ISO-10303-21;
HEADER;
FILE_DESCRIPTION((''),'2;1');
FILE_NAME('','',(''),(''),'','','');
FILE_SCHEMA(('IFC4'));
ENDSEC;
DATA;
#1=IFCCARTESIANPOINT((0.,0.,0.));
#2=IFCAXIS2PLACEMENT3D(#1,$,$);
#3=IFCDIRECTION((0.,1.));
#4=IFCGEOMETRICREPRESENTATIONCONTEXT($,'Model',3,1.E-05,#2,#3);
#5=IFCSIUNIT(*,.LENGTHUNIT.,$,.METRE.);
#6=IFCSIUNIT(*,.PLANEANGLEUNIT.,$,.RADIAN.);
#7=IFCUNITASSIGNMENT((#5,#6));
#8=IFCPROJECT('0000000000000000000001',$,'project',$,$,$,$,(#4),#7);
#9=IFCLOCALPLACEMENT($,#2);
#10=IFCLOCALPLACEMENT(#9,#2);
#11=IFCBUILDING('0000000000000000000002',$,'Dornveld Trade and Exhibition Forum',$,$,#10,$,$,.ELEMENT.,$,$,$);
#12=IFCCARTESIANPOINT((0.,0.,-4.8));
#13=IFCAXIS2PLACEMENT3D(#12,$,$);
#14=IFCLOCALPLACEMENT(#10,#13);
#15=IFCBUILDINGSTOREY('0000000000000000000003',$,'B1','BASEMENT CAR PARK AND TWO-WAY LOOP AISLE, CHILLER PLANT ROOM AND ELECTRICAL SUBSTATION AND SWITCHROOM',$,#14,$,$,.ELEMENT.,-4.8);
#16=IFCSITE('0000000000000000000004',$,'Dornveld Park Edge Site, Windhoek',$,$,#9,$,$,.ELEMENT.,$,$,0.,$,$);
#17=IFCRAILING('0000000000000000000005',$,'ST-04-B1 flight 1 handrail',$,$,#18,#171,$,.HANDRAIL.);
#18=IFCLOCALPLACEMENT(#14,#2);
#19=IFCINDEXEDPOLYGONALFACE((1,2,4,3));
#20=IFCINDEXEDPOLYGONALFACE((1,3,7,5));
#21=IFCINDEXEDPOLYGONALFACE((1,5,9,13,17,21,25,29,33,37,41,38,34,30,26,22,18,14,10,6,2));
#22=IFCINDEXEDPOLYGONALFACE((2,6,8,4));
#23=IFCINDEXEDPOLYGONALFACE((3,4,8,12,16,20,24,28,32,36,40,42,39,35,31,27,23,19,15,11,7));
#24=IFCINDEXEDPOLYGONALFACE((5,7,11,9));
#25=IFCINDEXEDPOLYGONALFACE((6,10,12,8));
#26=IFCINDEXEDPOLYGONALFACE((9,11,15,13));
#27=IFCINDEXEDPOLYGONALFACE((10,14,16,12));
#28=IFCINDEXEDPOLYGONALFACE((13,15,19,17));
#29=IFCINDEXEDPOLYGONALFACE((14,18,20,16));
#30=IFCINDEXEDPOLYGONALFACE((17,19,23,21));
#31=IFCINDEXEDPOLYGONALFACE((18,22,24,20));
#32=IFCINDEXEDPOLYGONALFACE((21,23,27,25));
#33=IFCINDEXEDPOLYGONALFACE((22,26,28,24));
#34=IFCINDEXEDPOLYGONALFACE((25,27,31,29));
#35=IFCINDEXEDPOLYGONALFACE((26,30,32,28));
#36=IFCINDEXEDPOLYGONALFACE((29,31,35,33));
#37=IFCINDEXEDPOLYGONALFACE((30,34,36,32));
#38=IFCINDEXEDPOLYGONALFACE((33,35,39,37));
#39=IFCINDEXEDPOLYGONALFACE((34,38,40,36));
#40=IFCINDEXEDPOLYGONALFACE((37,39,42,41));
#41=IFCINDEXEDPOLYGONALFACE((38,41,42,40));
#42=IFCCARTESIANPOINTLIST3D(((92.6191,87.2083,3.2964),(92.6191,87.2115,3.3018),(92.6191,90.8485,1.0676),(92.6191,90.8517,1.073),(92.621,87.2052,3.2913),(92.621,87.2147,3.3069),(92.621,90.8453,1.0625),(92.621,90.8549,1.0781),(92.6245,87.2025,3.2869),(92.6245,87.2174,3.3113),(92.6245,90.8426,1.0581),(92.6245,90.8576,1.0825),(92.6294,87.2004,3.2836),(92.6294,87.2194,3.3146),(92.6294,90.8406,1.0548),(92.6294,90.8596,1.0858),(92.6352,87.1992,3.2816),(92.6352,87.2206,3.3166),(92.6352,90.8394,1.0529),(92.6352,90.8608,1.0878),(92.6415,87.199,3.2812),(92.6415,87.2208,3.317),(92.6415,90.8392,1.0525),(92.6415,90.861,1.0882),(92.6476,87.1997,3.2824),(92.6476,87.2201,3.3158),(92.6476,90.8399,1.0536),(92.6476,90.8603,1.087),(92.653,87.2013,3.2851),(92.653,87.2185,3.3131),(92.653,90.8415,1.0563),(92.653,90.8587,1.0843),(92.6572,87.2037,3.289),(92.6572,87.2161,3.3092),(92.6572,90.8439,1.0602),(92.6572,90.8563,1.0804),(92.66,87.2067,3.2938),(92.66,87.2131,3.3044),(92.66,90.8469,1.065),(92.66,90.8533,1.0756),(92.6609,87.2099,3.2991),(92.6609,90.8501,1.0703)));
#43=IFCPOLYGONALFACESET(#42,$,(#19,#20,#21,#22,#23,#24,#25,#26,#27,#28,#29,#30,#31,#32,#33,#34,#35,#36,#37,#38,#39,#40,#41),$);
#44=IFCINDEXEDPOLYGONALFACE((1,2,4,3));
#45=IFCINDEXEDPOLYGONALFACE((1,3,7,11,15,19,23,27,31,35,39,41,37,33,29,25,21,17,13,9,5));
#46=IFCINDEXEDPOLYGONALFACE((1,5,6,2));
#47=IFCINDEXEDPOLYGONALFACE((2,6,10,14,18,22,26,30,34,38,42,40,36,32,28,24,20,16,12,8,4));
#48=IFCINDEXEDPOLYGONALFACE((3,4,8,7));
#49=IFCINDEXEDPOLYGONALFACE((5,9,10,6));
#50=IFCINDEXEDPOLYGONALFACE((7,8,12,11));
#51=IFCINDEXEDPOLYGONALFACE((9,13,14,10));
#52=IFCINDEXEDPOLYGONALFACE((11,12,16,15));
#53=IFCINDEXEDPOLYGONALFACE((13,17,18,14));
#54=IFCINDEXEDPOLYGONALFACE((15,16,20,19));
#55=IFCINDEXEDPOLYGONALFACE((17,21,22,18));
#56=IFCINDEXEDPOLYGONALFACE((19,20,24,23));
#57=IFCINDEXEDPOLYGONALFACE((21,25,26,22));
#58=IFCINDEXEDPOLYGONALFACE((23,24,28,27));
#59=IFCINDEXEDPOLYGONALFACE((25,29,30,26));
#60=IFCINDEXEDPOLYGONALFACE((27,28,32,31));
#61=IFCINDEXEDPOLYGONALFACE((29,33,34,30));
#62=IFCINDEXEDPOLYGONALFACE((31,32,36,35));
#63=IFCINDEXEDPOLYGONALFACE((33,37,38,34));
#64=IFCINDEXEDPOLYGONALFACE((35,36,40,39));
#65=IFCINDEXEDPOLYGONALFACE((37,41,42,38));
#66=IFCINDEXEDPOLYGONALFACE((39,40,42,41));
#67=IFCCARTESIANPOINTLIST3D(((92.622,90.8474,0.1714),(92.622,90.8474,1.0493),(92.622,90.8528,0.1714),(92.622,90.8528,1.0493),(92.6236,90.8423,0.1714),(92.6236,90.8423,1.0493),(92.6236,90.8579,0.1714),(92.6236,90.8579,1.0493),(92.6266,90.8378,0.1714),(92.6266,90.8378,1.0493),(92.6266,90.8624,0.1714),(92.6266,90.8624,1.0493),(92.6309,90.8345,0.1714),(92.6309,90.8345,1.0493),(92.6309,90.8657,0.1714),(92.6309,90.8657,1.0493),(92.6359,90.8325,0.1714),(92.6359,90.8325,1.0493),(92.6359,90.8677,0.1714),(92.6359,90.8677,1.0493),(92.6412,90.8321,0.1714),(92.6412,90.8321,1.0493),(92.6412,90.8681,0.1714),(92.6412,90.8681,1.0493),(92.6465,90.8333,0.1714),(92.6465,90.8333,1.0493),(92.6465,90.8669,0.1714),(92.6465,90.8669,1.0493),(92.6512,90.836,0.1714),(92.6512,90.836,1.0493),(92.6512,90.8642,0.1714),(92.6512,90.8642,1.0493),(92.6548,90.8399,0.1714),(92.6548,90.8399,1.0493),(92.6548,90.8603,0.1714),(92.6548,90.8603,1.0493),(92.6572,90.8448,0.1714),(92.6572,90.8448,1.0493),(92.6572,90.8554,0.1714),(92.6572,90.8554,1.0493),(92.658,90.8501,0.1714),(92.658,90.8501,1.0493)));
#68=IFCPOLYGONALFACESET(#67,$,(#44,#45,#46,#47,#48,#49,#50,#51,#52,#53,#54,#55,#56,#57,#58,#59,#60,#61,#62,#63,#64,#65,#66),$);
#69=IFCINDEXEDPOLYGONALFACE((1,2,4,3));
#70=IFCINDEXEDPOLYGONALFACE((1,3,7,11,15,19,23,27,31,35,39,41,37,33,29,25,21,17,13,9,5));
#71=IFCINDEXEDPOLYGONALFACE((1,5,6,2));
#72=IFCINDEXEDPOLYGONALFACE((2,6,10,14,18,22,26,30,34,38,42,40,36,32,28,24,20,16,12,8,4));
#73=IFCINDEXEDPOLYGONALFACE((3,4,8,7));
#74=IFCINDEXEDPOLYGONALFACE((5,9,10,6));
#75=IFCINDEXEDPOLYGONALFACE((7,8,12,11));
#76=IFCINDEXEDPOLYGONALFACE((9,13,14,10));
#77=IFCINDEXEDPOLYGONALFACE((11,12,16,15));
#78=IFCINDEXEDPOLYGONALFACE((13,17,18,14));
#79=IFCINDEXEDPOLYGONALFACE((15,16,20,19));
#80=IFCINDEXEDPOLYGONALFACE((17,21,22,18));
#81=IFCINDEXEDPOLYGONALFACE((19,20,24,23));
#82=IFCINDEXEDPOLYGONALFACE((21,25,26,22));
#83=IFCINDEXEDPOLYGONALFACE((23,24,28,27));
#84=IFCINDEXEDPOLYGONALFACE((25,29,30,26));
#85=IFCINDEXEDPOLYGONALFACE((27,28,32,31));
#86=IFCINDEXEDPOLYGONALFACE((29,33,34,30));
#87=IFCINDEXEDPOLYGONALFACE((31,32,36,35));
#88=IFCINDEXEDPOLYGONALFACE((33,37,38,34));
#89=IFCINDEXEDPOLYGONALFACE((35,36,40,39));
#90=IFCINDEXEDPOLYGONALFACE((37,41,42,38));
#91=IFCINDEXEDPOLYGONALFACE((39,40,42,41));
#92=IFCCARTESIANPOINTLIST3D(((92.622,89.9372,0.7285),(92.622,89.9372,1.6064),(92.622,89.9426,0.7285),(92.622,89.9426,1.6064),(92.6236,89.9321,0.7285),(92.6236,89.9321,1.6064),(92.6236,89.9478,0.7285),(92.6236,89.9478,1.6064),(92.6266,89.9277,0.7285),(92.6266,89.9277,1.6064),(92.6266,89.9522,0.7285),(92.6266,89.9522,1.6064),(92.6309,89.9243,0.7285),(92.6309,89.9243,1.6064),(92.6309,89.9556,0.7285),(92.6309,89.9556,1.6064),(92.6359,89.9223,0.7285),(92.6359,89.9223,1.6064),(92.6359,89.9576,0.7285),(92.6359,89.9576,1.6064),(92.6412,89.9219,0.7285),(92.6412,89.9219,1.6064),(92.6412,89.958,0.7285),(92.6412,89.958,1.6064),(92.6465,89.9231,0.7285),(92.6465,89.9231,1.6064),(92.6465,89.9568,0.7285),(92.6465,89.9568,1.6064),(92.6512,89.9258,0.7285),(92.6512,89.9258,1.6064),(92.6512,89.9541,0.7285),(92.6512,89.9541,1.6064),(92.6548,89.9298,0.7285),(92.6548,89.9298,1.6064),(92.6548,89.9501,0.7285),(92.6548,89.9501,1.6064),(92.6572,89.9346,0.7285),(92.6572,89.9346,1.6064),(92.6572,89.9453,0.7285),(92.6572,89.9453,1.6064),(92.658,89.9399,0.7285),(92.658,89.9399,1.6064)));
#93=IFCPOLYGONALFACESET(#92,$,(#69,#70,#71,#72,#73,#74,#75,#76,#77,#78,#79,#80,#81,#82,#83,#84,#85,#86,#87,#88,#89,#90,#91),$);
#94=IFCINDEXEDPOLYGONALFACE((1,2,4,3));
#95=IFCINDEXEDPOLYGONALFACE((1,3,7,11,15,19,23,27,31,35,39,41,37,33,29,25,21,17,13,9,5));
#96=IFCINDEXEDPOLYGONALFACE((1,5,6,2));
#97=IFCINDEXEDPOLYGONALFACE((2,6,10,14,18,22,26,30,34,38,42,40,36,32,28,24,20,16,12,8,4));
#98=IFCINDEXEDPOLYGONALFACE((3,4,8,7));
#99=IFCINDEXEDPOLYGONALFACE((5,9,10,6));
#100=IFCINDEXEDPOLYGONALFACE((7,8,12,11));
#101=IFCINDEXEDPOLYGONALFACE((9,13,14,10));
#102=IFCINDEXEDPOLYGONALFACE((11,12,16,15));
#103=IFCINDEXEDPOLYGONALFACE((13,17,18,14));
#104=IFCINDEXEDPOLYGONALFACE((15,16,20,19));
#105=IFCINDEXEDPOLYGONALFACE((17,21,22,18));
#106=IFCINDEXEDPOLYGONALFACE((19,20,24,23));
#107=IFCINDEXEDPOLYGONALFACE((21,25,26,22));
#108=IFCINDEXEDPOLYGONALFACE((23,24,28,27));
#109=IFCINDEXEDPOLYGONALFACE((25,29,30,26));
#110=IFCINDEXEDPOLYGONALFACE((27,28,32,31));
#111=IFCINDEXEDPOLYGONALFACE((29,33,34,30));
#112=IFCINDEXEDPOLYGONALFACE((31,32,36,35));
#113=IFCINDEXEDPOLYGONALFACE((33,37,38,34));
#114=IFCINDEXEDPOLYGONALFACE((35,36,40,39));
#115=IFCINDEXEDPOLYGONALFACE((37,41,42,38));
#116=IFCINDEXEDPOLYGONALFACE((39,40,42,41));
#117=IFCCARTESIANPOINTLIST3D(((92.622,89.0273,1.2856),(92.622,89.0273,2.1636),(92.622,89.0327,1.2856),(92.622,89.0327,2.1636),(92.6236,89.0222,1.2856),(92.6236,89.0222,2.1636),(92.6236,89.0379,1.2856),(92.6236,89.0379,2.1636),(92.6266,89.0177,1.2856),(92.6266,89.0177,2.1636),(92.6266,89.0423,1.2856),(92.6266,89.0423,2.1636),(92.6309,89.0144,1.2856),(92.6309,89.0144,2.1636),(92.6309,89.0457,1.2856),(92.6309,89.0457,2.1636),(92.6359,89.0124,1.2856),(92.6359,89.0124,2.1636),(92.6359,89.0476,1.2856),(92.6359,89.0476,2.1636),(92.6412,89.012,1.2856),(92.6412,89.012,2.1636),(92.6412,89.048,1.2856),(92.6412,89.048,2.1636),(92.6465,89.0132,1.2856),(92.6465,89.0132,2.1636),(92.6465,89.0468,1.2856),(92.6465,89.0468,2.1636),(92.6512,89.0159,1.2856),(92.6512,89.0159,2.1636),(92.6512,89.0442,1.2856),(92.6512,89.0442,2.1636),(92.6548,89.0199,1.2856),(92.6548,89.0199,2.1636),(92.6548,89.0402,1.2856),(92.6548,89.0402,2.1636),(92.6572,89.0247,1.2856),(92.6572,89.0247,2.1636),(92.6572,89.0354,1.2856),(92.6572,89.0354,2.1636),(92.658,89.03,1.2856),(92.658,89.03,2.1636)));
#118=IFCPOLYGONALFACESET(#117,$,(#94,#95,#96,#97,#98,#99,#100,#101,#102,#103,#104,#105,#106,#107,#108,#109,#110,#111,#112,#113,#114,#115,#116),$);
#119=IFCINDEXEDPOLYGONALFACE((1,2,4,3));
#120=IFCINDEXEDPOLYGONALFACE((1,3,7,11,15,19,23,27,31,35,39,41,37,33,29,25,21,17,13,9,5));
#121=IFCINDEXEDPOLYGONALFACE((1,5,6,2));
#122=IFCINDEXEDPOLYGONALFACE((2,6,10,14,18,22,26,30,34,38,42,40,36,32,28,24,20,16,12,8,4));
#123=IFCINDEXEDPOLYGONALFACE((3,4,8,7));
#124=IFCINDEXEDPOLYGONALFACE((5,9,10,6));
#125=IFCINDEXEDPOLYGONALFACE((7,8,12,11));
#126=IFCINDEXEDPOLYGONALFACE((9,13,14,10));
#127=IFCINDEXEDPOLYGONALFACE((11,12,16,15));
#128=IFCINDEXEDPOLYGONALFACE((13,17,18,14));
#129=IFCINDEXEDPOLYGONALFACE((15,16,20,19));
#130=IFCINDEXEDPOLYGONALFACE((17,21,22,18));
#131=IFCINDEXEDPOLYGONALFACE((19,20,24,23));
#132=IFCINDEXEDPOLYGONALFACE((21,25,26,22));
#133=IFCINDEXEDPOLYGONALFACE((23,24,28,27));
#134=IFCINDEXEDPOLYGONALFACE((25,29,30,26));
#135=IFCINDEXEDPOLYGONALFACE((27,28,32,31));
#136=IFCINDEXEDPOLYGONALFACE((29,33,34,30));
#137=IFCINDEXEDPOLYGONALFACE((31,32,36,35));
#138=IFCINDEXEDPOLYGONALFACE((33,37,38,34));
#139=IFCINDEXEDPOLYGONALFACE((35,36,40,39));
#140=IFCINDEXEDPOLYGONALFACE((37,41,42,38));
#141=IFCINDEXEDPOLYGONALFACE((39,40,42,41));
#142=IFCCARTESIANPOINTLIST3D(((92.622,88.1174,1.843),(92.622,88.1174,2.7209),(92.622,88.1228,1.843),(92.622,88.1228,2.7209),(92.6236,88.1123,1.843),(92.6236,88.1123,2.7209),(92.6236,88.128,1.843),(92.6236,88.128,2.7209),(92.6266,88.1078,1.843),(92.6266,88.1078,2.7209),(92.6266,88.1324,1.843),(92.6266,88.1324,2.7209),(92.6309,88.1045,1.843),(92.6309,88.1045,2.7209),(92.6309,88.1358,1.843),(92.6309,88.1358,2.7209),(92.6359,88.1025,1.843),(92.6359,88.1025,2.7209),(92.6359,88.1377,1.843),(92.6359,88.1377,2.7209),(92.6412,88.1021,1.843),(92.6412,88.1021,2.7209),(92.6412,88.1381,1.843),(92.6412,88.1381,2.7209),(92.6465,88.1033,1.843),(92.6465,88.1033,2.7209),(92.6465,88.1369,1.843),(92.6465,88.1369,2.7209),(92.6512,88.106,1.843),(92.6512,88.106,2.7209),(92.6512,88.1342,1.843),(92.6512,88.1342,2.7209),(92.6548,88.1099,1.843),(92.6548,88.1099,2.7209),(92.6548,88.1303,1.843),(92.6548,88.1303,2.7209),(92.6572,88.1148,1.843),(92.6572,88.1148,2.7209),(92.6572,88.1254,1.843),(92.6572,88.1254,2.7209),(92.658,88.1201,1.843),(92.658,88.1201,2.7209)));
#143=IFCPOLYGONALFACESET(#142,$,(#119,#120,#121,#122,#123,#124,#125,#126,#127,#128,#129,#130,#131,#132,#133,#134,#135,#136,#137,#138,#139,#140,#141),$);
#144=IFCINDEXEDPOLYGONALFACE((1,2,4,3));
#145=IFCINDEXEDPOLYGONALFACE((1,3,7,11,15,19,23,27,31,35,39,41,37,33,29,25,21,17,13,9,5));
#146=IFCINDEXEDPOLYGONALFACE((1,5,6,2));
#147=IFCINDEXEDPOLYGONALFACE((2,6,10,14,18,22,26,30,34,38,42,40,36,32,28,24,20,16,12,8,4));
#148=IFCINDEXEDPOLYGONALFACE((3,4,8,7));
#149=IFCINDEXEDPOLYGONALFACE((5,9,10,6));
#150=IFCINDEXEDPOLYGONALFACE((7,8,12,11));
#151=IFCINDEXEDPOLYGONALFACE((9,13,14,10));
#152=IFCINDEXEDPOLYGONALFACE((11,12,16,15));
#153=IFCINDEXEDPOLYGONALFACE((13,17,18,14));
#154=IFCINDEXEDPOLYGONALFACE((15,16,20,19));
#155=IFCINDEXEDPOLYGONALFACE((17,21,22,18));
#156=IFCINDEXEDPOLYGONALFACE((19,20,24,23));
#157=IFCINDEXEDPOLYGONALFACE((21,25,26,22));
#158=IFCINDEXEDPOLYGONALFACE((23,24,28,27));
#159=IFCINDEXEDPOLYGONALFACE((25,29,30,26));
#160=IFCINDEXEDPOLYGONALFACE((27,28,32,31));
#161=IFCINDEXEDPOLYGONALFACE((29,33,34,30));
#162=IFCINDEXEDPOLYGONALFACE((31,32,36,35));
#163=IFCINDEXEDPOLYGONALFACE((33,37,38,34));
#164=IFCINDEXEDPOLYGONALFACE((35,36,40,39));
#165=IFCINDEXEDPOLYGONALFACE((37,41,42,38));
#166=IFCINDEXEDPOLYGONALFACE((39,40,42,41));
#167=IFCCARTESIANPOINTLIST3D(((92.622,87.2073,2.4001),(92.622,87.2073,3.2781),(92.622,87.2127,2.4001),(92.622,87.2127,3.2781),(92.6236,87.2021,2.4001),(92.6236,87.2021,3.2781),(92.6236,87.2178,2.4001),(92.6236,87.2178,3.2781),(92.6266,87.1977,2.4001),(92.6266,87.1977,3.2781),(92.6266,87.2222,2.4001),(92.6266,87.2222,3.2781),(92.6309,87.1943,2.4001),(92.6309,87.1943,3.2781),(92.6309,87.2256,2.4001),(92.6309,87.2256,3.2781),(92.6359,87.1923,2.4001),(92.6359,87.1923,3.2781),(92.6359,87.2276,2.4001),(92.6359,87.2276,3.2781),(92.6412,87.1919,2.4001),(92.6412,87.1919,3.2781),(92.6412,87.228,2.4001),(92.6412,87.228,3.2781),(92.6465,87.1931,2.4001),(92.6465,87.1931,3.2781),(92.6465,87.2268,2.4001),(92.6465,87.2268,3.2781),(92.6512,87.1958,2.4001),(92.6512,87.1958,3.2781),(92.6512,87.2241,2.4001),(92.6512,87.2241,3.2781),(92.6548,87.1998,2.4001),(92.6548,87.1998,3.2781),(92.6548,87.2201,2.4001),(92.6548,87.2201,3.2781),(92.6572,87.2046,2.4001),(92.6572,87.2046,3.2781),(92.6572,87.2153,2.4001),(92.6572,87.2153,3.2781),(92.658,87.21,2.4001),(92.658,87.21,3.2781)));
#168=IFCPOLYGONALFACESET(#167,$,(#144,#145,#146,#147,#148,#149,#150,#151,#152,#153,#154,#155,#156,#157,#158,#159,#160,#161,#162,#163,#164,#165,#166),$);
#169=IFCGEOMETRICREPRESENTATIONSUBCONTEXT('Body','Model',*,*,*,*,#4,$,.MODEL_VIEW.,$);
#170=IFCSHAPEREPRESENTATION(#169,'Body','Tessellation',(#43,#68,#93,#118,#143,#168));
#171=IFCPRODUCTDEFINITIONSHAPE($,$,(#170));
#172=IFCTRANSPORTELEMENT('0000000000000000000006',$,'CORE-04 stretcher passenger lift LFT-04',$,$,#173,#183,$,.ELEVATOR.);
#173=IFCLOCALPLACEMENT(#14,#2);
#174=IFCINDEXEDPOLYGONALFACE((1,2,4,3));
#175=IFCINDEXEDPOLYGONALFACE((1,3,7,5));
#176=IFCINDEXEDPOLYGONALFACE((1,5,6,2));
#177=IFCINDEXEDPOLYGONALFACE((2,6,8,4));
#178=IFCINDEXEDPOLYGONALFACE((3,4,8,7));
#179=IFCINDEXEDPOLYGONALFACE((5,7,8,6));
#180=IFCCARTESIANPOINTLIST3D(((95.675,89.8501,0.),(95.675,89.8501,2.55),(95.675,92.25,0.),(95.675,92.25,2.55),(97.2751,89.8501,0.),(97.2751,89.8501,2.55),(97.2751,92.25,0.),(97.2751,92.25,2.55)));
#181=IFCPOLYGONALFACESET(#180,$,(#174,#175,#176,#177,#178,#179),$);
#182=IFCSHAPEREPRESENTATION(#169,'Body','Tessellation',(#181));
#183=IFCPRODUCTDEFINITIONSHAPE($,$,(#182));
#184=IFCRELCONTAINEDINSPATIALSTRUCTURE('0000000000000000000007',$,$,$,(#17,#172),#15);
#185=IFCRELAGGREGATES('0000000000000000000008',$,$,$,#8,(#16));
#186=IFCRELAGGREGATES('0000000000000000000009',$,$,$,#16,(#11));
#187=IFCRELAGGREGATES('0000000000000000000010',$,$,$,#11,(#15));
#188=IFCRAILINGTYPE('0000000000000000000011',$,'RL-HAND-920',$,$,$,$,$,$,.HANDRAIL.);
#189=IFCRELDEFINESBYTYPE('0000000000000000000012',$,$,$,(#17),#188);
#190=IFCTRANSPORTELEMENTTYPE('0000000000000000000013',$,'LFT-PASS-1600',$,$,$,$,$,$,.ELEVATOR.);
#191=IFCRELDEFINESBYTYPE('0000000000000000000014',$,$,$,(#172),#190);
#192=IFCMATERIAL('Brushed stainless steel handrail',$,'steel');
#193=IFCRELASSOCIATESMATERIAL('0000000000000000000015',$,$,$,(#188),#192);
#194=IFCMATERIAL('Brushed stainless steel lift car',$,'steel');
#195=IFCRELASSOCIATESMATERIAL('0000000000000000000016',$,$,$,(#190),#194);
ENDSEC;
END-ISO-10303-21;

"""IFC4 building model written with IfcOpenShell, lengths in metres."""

from ifc_helpers import new_model, si_unit, direction, frame, origin, origin_2d, place, context, subcontext, project, spatial, rectangle, circle, extrude, material, type_object, element, save


model = new_model("IFC4")

# Units and contexts
model_context = context("Model", 3, precision=1e-05, world=origin(), true_north=direction((0.0, 1.0)))
body_context = subcontext(model_context, "Body", "Model", "MODEL_VIEW")
ifc_project = project(units=[si_unit("LENGTHUNIT", "METRE"), si_unit("PLANEANGLEUNIT", "RADIAN")], contexts=[model_context])

# Site, building, storey
site_placement = place(None, origin())
site = spatial("IfcSite", under=ifc_project, at=site_placement, Name="Dornveld Park Edge Site, Windhoek", CompositionType="ELEMENT", RefElevation=0.0)
building_placement = place(site_placement, origin())
building = spatial("IfcBuilding", under=site, at=building_placement, Name="Dornveld Trade and Exhibition Forum", CompositionType="ELEMENT")
storey_placement = place(building_placement, frame((0.0, 0.0, -4.8)))
storey = spatial("IfcBuildingStorey", under=building, at=storey_placement, Name="B1", Description="BASEMENT CAR PARK AND TWO-WAY LOOP AISLE, CHILLER PLANT ROOM AND ELECTRICAL SUBSTATION AND SWITCHROOM", CompositionType="ELEMENT", Elevation=-4.8)

# Railing
ifc_material_1 = material(Name="Brushed stainless steel handrail", Category="steel")
railing_type = type_object("IfcRailingType", Name="RL-HAND-920", PredefinedType="HANDRAIL", material=ifc_material_1)
railing_placement = place(storey_placement, frame((92.6399, 90.8501, 0.1714)))
element("IfcRailing", 1, at=railing_placement, inside=storey, type_object=railing_type, Name="ST-04-B1 flight 1 handrail", PredefinedType="HANDRAIL", context=body_context, shape_type="SweptSolid", body=[
    extrude(circle(Radius=0.021, at=origin_2d()), frame((0.0, 0.0, 0.8989), z_axis=(0.0, -0.85284, 0.522172), x_axis=(1.0, 0.0, 0.0)), (0.0, 0.0, 1.0), 4.2683),
    extrude(circle(Radius=0.0181, at=origin_2d()), origin(), (0.0, 0.0, 1.0), 0.8779),
    extrude(circle(Radius=0.0181, at=origin_2d()), frame((0.0, -0.9102, 0.5571)), (0.0, 0.0, 1.0), 0.8779),
    extrude(circle(Radius=0.0181, at=origin_2d()), frame((0.0, -1.8201, 1.1143)), (0.0, 0.0, 1.0), 0.8779),
    extrude(circle(Radius=0.0181, at=origin_2d()), frame((0.0, -2.73, 1.6716)), (0.0, 0.0, 1.0), 0.8779),
    extrude(circle(Radius=0.0181, at=origin_2d()), frame((0.0, -3.6401, 2.2288)), (0.0, 0.0, 1.0), 0.8779),
])

# Transport element
ifc_material_2 = material(Name="Brushed stainless steel lift car", Category="steel")
transport_element_type = type_object("IfcTransportElementType", Name="LFT-PASS-1600", PredefinedType="ELEVATOR", material=ifc_material_2)
transport_element_placement = place(storey_placement, frame((96.4751, 91.05, 0.0), z_axis=(0.0, 0.0, 1.0), x_axis=(1.0, 0.0, 0.0)))
element("IfcTransportElement", 2, at=transport_element_placement, inside=storey, type_object=transport_element_type, Name="CORE-04 stretcher passenger lift LFT-04", PredefinedType="ELEVATOR", context=body_context, shape_type="SweptSolid", body=[
    extrude(rectangle(XDim=1.6001, YDim=2.3999, at=origin_2d()), origin(), (0.0, 0.0, 1.0), 2.55),
])

save(model, "model.ifc")
